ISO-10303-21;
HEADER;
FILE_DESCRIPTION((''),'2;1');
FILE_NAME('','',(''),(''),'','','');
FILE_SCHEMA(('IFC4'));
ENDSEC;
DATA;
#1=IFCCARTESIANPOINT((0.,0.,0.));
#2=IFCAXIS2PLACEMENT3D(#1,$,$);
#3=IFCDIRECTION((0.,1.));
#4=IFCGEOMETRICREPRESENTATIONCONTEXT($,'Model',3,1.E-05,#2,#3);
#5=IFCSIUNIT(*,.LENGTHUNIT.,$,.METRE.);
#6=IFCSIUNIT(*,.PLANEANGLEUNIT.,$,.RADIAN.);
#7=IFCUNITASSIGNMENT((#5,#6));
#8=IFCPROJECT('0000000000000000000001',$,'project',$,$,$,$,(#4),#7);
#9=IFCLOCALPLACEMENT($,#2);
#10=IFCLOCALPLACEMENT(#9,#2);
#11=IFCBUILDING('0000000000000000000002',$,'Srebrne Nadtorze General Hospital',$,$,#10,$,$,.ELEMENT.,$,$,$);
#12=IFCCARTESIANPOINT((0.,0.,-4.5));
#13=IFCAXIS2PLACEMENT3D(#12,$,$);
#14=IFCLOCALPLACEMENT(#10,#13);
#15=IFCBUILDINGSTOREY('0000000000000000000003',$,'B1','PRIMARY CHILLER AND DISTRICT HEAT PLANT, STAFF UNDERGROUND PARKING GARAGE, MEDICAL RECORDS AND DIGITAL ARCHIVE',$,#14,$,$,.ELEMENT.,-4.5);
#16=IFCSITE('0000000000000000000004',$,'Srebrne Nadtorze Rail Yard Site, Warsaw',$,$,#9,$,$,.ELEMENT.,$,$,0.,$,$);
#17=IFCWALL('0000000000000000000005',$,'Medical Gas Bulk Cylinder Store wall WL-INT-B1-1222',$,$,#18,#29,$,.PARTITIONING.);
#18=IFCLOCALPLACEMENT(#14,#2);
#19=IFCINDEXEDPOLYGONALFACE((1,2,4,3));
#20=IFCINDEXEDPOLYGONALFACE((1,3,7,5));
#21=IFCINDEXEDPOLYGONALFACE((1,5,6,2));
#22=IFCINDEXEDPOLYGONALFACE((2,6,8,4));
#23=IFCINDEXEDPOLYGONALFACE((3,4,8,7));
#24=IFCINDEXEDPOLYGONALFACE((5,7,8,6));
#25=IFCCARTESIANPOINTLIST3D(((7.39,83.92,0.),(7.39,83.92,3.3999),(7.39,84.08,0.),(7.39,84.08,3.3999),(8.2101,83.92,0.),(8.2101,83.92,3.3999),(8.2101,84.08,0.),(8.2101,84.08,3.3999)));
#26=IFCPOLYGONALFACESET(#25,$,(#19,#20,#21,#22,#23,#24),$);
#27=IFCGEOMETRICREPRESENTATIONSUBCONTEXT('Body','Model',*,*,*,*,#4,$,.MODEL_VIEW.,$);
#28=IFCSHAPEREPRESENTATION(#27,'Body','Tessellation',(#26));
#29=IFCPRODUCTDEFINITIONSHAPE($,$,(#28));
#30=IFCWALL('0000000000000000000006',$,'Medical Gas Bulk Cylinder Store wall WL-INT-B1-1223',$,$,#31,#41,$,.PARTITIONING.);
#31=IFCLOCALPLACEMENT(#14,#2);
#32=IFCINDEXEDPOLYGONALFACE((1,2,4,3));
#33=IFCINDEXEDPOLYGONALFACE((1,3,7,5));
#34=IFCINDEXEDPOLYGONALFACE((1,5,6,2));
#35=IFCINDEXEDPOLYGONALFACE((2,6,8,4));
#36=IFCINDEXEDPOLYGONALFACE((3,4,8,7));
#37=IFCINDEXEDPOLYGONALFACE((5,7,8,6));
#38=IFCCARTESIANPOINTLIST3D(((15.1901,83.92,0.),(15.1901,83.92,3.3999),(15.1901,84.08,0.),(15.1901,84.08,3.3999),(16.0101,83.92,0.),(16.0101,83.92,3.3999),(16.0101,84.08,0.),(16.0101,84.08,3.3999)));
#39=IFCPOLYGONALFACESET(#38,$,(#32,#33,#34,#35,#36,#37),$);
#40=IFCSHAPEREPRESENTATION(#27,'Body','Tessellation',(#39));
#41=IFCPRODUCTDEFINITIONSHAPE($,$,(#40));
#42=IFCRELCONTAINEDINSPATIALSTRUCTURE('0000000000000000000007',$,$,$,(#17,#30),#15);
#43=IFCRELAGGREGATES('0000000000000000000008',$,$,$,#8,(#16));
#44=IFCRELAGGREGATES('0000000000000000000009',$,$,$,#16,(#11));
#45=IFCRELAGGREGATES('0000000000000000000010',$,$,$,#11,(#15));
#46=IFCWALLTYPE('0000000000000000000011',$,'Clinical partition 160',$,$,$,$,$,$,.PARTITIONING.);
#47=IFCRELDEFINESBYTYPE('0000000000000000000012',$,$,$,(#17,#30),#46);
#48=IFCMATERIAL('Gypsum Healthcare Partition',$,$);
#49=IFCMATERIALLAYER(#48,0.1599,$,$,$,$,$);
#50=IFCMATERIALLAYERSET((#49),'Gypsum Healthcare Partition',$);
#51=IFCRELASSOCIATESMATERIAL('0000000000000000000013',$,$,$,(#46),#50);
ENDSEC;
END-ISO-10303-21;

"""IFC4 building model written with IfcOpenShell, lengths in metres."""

from ifc_helpers import new_model, si_unit, direction, frame, frame_2d, origin, place, context, subcontext, project, spatial, rectangle, extrude, material, layer, layer_set, type_object, element, save


model = new_model("IFC4")

# Units and contexts
model_context = context("Model", 3, precision=1e-05, world=origin(), true_north=direction((0.0, 1.0)))
body_context = subcontext(model_context, "Body", "Model", "MODEL_VIEW")
ifc_project = project(units=[si_unit("LENGTHUNIT", "METRE"), si_unit("PLANEANGLEUNIT", "RADIAN")], contexts=[model_context])

# Site, building, storey
site_placement = place(None, origin())
site = spatial("IfcSite", under=ifc_project, at=site_placement, Name="Srebrne Nadtorze Rail Yard Site, Warsaw", CompositionType="ELEMENT", RefElevation=0.0)
building_placement = place(site_placement, origin())
building = spatial("IfcBuilding", under=site, at=building_placement, Name="Srebrne Nadtorze General Hospital", CompositionType="ELEMENT")
storey_placement = place(building_placement, frame((0.0, 0.0, -4.5)))
storey = spatial("IfcBuildingStorey", under=building, at=storey_placement, Name="B1", Description="PRIMARY CHILLER AND DISTRICT HEAT PLANT, STAFF UNDERGROUND PARKING GARAGE, MEDICAL RECORDS AND DIGITAL ARCHIVE", CompositionType="ELEMENT", Elevation=-4.5)

# Walls
ifc_material_1 = material(Name="Gypsum Healthcare Partition")
ifc_layer_1 = layer(ifc_material_1, 0.1599)
ifc_layer_set_1 = layer_set([ifc_layer_1], Name="Gypsum Healthcare Partition")
wall_type_1 = type_object("IfcWallType", Name="Clinical partition 160", PredefinedType="PARTITIONING", material=ifc_layer_set_1)
for number, where, z_axis, x_axis, name in (
    (1, (7.3899, 84.0, 0.0), (0.0, 0.0, 1.0), (1.0, 0.0, 0.0), "Medical Gas Bulk Cylinder Store wall WL-INT-B1-1222"),
    (2, (15.1899, 84.0, 0.0), (0.0, 0.0, 1.0), (1.0, 0.0, 0.0), "Medical Gas Bulk Cylinder Store wall WL-INT-B1-1223"),
):
    element("IfcWall", number, at=place(storey_placement, frame(where, z_axis=z_axis, x_axis=x_axis)), inside=storey, type_object=wall_type_1, Name=name, PredefinedType="PARTITIONING", context=body_context, shape_type="SweptSolid", body=[
        extrude(rectangle(XDim=0.8201, YDim=0.1599, at=frame_2d((0.4102, 0.0))), origin(), (0.0, 0.0, 1.0), 3.3999),
    ])

save(model, "model.ifc")
